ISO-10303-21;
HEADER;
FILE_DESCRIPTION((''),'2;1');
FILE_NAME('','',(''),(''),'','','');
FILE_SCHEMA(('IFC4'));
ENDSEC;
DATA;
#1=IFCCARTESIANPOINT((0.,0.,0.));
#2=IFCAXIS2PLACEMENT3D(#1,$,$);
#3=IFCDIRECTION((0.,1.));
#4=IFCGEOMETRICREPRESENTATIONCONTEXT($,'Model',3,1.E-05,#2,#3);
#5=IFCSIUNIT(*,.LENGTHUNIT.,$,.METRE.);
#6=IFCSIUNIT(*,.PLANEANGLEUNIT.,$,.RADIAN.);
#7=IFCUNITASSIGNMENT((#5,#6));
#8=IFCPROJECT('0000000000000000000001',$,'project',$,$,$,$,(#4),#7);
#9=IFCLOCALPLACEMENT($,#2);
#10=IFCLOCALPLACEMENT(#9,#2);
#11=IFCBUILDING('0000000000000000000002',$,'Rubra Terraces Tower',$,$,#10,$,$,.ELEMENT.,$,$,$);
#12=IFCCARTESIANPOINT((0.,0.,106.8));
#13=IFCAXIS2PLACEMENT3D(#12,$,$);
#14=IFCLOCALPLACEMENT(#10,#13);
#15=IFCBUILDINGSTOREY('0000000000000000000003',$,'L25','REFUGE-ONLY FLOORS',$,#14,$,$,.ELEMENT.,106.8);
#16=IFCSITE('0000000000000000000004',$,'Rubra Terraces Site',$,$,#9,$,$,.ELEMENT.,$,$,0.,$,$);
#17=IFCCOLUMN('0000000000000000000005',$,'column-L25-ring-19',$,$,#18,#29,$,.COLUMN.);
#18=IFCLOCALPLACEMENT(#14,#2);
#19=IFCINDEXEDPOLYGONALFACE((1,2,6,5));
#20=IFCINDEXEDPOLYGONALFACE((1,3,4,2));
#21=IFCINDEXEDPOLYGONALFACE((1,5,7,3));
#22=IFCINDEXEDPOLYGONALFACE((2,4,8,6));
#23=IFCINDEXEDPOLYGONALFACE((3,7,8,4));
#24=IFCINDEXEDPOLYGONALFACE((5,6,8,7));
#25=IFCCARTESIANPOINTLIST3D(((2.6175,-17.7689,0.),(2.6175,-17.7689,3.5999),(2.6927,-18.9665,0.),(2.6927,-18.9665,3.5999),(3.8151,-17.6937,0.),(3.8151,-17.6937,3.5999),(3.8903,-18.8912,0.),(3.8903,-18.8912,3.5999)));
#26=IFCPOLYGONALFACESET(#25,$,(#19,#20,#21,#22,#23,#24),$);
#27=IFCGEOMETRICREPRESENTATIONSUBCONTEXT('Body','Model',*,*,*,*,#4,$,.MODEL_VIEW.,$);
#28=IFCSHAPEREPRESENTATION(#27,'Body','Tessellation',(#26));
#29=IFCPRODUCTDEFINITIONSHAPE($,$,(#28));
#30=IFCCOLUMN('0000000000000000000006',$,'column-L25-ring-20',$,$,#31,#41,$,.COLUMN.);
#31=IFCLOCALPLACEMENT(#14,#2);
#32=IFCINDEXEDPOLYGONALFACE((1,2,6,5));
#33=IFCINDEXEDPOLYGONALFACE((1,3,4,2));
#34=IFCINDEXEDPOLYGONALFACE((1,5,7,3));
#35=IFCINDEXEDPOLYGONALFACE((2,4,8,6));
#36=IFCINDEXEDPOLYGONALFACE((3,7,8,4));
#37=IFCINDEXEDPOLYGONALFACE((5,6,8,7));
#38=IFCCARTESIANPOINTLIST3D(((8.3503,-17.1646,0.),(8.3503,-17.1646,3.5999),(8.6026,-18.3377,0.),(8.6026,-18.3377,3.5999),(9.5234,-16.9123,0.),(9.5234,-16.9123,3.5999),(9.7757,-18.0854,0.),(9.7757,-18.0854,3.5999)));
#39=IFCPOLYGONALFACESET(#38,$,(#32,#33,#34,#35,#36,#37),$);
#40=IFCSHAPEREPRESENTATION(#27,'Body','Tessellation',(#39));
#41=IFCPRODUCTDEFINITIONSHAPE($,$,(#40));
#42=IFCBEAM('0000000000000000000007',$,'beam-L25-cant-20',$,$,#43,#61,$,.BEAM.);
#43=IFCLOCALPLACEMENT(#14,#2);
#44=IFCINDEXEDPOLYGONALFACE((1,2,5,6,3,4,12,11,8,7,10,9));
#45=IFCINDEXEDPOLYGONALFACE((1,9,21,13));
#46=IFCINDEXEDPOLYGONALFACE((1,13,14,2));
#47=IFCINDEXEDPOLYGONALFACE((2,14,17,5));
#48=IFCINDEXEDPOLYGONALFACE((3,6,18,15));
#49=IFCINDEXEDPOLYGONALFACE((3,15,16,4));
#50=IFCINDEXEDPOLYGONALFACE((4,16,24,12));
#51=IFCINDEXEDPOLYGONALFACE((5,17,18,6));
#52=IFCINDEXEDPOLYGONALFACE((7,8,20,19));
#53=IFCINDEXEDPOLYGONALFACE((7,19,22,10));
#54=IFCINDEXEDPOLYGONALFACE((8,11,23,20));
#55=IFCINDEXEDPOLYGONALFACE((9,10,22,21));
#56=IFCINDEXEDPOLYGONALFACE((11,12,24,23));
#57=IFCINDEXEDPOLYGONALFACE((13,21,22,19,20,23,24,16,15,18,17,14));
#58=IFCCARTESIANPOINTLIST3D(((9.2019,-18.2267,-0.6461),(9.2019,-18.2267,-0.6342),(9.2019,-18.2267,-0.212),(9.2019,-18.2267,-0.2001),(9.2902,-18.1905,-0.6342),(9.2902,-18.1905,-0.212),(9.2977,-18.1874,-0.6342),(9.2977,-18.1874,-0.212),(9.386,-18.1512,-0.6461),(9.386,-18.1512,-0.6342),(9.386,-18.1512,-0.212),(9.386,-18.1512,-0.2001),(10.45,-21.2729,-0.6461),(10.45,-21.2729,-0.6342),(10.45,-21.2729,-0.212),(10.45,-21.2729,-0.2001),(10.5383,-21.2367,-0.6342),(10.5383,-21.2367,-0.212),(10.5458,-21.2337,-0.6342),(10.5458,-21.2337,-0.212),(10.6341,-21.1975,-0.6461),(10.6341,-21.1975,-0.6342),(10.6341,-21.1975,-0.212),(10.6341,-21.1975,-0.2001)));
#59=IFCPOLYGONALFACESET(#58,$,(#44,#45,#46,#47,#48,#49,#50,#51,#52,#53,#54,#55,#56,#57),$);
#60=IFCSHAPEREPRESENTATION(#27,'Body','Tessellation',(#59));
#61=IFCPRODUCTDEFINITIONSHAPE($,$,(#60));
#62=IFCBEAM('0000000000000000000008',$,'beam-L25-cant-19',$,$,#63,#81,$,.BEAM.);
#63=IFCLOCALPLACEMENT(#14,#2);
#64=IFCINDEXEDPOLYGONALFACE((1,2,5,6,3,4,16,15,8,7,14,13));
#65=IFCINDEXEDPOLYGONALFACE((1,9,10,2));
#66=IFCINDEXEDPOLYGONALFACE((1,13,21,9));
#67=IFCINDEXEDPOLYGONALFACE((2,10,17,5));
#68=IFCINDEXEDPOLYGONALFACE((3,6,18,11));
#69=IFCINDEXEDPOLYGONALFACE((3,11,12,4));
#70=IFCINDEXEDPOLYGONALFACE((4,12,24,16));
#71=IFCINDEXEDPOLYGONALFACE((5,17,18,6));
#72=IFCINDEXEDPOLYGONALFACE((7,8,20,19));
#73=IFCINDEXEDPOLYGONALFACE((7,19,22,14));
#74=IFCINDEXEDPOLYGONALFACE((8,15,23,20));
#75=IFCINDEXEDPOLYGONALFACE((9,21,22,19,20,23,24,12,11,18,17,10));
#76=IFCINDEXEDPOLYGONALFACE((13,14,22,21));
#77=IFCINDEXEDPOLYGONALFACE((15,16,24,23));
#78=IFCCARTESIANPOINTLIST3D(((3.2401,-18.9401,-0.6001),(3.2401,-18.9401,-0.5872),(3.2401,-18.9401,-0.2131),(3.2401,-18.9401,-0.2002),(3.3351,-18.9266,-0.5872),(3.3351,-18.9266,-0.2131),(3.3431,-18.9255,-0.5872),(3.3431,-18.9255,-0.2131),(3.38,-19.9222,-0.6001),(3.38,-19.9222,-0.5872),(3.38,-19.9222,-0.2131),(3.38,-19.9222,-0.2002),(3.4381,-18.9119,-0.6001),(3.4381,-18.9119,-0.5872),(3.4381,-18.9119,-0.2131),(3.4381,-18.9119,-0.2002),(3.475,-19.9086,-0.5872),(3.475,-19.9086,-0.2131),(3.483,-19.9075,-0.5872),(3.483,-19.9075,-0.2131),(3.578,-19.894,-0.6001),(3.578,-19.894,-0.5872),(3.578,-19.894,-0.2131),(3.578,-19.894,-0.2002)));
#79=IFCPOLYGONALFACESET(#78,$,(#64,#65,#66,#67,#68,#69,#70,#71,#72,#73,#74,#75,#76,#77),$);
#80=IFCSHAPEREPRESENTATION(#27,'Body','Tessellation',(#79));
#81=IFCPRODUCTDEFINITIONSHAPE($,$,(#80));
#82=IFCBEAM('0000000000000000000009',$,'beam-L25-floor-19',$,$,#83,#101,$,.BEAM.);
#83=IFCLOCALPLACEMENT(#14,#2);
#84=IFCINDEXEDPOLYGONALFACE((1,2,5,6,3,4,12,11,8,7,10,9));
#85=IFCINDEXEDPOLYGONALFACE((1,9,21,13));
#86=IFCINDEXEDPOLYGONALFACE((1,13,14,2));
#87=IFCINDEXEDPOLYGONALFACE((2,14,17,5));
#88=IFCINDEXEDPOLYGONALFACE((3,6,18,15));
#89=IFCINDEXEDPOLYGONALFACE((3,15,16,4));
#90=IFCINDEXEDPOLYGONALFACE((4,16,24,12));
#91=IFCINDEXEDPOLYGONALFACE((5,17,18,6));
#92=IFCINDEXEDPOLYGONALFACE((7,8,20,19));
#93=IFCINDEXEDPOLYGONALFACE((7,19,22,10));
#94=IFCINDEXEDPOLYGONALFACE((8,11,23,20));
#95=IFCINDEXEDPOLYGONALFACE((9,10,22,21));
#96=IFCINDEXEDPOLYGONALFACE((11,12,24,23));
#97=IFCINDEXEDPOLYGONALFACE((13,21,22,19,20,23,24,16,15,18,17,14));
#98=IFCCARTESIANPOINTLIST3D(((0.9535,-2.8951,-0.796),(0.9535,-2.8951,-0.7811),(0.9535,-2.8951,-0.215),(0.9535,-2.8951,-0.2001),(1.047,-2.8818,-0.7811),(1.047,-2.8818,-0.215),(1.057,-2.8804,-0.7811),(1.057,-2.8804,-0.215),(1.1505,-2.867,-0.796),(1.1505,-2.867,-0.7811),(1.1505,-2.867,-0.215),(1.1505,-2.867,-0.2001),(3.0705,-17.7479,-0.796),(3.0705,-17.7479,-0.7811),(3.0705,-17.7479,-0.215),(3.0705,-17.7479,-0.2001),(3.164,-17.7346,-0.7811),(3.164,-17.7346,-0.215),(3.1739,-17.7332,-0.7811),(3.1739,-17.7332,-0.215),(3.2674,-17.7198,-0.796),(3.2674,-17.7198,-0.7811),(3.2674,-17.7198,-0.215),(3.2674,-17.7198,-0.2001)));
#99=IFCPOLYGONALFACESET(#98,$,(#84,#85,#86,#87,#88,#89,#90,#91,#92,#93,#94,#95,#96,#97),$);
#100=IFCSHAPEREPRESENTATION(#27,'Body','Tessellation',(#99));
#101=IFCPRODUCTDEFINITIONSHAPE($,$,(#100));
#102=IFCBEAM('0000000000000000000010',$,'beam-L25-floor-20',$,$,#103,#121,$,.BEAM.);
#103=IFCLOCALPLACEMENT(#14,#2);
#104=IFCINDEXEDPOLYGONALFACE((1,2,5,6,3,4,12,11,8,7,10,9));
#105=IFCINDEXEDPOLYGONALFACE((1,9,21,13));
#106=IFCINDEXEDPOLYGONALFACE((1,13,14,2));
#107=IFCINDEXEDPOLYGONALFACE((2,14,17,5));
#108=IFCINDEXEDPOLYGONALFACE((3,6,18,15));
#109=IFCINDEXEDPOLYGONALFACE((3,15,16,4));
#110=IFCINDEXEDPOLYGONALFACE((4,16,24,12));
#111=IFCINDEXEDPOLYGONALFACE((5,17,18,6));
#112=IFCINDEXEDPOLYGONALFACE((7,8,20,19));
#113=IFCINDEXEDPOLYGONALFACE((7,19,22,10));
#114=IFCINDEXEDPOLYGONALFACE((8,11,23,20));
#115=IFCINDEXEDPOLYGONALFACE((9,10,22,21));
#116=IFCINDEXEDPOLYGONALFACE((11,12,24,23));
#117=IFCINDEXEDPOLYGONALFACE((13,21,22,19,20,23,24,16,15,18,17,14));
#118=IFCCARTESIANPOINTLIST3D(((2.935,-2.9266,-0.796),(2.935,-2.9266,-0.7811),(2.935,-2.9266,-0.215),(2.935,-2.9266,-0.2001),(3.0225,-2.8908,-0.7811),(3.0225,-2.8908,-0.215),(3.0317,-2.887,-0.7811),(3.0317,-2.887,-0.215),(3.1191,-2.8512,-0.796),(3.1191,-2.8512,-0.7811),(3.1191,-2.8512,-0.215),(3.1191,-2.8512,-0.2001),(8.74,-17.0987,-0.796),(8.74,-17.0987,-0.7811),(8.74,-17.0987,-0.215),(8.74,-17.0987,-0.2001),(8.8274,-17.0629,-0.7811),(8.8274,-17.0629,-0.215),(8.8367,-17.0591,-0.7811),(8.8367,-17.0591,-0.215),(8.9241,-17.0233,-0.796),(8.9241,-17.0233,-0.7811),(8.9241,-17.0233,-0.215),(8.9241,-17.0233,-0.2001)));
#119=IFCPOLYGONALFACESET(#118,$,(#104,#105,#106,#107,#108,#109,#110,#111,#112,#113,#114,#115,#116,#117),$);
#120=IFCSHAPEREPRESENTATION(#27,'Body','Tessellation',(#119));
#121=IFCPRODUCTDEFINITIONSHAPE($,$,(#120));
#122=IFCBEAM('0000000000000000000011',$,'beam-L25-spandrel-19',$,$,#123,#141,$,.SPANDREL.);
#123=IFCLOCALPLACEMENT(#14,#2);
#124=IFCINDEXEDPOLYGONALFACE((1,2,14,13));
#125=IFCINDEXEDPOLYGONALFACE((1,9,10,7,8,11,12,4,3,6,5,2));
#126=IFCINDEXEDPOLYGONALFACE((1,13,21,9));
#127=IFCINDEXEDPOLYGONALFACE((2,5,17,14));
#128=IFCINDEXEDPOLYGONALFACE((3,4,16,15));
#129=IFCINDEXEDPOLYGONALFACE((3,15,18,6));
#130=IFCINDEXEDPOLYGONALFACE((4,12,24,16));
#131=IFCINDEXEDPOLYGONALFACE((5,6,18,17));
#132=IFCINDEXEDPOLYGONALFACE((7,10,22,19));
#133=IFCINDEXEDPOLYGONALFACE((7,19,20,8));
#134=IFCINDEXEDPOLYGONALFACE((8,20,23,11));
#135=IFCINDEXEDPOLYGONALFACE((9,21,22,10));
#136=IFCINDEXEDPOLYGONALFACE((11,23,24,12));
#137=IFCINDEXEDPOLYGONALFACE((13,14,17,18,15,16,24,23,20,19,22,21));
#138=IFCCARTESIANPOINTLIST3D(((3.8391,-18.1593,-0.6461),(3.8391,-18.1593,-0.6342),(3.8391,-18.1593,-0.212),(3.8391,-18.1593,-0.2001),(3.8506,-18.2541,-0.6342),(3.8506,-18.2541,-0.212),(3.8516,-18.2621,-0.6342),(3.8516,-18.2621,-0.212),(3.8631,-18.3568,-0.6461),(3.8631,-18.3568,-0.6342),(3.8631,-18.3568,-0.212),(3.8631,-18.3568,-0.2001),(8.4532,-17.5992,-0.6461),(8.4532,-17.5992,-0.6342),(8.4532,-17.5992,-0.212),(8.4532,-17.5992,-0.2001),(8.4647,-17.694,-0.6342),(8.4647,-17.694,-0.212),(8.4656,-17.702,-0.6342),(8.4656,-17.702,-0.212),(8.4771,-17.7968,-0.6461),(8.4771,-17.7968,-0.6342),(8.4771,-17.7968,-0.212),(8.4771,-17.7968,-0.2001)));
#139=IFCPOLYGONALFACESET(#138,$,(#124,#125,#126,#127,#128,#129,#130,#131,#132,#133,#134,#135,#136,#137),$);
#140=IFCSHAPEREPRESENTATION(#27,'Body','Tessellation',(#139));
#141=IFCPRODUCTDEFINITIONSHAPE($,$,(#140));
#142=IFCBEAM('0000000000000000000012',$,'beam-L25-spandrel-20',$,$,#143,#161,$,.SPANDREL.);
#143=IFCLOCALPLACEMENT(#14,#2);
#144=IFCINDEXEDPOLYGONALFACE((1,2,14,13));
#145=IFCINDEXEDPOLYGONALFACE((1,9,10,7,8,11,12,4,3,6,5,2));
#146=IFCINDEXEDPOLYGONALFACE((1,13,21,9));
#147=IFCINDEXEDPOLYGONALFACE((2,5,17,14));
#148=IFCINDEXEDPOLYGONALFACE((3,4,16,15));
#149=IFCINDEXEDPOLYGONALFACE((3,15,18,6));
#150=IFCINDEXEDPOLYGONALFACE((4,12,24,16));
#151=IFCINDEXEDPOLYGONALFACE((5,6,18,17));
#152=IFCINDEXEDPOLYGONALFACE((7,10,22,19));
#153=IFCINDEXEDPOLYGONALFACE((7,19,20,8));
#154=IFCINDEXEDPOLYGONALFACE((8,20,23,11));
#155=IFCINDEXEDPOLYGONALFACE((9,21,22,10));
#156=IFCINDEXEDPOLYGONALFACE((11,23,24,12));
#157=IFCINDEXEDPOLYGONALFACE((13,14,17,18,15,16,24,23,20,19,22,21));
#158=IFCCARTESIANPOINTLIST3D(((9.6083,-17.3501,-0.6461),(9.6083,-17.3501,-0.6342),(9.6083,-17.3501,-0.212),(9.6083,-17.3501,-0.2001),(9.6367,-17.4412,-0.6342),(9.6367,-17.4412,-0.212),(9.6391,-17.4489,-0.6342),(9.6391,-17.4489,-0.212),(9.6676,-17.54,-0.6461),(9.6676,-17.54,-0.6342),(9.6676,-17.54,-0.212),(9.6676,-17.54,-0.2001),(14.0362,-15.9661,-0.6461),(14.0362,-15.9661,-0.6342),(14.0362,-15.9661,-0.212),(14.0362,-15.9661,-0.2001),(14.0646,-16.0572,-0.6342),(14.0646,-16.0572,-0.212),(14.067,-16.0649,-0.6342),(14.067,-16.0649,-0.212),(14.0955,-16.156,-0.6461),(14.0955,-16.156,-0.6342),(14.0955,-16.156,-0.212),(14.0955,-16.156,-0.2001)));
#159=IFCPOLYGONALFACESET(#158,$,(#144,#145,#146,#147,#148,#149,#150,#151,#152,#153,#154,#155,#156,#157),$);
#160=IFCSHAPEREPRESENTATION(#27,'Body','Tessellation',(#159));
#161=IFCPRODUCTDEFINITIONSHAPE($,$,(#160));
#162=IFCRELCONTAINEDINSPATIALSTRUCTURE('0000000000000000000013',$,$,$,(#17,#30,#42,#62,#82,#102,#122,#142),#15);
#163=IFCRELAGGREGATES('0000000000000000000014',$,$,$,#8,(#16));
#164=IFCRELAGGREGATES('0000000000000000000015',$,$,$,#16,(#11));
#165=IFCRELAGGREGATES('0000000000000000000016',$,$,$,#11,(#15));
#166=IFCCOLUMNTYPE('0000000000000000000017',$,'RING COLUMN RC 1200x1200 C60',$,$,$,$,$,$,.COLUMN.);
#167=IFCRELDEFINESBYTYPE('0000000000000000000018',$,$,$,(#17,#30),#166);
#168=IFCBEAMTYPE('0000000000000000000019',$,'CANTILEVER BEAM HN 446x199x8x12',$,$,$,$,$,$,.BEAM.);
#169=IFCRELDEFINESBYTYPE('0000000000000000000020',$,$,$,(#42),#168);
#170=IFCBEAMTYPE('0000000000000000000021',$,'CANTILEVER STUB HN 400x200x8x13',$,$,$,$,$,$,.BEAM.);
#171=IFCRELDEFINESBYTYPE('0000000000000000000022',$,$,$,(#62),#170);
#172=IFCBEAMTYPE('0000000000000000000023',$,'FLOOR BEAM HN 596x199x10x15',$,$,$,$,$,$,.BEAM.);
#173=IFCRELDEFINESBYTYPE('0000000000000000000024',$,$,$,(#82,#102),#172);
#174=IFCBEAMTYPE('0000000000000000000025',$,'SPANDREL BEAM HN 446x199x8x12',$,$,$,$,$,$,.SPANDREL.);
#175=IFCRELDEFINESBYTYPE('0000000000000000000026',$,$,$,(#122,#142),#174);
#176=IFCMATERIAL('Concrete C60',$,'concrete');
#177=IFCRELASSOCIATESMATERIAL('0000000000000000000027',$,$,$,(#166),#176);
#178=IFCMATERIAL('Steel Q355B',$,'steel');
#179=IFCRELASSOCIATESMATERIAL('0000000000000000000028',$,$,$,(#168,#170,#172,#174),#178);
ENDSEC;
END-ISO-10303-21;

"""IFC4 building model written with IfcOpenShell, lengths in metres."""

from ifc_helpers import new_model, si_unit, direction, frame, origin, origin_2d, place, context, subcontext, project, spatial, rectangle, i_section, extrude, material, material_profile, profile_set, type_object, element, save


model = new_model("IFC4")

# Units and contexts
model_context = context("Model", 3, precision=1e-05, world=origin(), true_north=direction((0.0, 1.0)))
body_context = subcontext(model_context, "Body", "Model", "MODEL_VIEW")
ifc_project = project(units=[si_unit("LENGTHUNIT", "METRE"), si_unit("PLANEANGLEUNIT", "RADIAN")], contexts=[model_context])

# Site, building, storey
site_placement = place(None, origin())
site = spatial("IfcSite", under=ifc_project, at=site_placement, Name="Rubra Terraces Site", CompositionType="ELEMENT", RefElevation=0.0)
building_placement = place(site_placement, origin())
building = spatial("IfcBuilding", under=site, at=building_placement, Name="Rubra Terraces Tower", CompositionType="ELEMENT")
storey_placement = place(building_placement, frame((0.0, 0.0, 106.8)))
storey = spatial("IfcBuildingStorey", under=building, at=storey_placement, Name="L25", Description="REFUGE-ONLY FLOORS", CompositionType="ELEMENT", Elevation=106.8)

# Columns
ifc_material_1 = material(Name="Concrete C60", Category="concrete")
ifc_material_profile_1 = material_profile(ifc_material_1, rectangle(XDim=1.2, YDim=1.2, at=origin_2d()), Name="RC 1200x1200")
ifc_profile_set_1 = profile_set([ifc_material_profile_1], Name="Concrete C60")
column_type = type_object("IfcColumnType", Name="RING COLUMN RC 1200x1200 C60", PredefinedType="COLUMN", material=ifc_profile_set_1)
for number, where, z_axis, x_axis, name in (
    (1, (3.2539, -18.3301, 0.0), (0.0, 0.0, 1.0), (0.998032, 0.062714, 0.0), "column-L25-ring-19"),
    (2, (9.063, -17.625, 0.0), (0.0, 0.0, 1.0), (0.977653, 0.210227, 0.0), "column-L25-ring-20"),
):
    element("IfcColumn", number, at=place(storey_placement, frame(where, z_axis=z_axis, x_axis=x_axis)), inside=storey, type_object=column_type, Name=name, PredefinedType="COLUMN", context=body_context, shape_type="SweptSolid", body=[
        extrude(rectangle(XDim=1.2, YDim=1.2, at=origin_2d()), origin(), (0.0, 0.0, 1.0), 3.5999),
    ])

# Beams
ifc_material_2 = material(Name="Steel Q355B", Category="steel")
ifc_material_profile_2 = material_profile(ifc_material_2, i_section(OverallWidth=0.199, OverallDepth=0.446, WebThickness=0.0081, FlangeThickness=0.012, at=origin_2d()), Name="HN 446x199x8x12")
ifc_profile_set_2 = profile_set([ifc_material_profile_2], Name="Steel Q355B")
beam_type_1 = type_object("IfcBeamType", Name="CANTILEVER BEAM HN 446x199x8x12", PredefinedType="BEAM", material=ifc_profile_set_2)
beam_1_placement = place(storey_placement, frame((9.2939, -18.189, -0.4231), z_axis=(0.379127, -0.925345, 0.0), x_axis=(0.925345, 0.379127, 0.0)))
element("IfcBeam", 3, at=beam_1_placement, inside=storey, type_object=beam_type_1, Name="beam-L25-cant-20", PredefinedType="BEAM", context=body_context, shape_type="SweptSolid", body=[
    extrude(i_section(OverallWidth=0.199, OverallDepth=0.446, WebThickness=0.0081, FlangeThickness=0.012, at=origin_2d()), origin(), (0.0, 0.0, 1.0), 3.292),
])
ifc_material_profile_3 = material_profile(ifc_material_2, i_section(OverallWidth=0.2, OverallDepth=0.3999, WebThickness=0.0081, FlangeThickness=0.0129, at=origin_2d()), Name="HN 400x200x8x13")
ifc_profile_set_3 = profile_set([ifc_material_profile_3], Name="Steel Q355B")
beam_type_2 = type_object("IfcBeamType", Name="CANTILEVER STUB HN 400x200x8x13", PredefinedType="BEAM", material=ifc_profile_set_3)
beam_2_placement = place(storey_placement, frame((3.3391, -18.926, -0.4001), z_axis=(0.141042, -0.990004, 0.0), x_axis=(0.990004, 0.141042, 0.0)))
element("IfcBeam", 4, at=beam_2_placement, inside=storey, type_object=beam_type_2, Name="beam-L25-cant-19", PredefinedType="BEAM", context=body_context, shape_type="SweptSolid", body=[
    extrude(i_section(OverallWidth=0.2, OverallDepth=0.3999, WebThickness=0.0081, FlangeThickness=0.0129, at=origin_2d()), origin(), (0.0, 0.0, 1.0), 0.9919),
])
ifc_material_profile_4 = material_profile(ifc_material_2, i_section(OverallWidth=0.199, OverallDepth=0.5959, WebThickness=0.01, FlangeThickness=0.0149, at=origin_2d()), Name="HN 596x199x10x15")
ifc_profile_set_4 = profile_set([ifc_material_profile_4], Name="Steel Q355B")
beam_type_3 = type_object("IfcBeamType", Name="FLOOR BEAM HN 596x199x10x15", PredefinedType="BEAM", material=ifc_profile_set_4)
beam_3_placement = place(storey_placement, frame((3.1689, -17.7339, -0.498), z_axis=(-0.141102, 0.989995, 0.0), x_axis=(-0.989995, -0.141102, 0.0)))
element("IfcBeam", 5, at=beam_3_placement, inside=storey, type_object=beam_type_3, Name="beam-L25-floor-19", PredefinedType="BEAM", context=body_context, shape_type="SweptSolid", body=[
    extrude(i_section(OverallWidth=0.199, OverallDepth=0.5959, WebThickness=0.01, FlangeThickness=0.0149, at=origin_2d()), origin(), (0.0, 0.0, 1.0), 15.0029),
])
beam_4_placement = place(storey_placement, frame((8.832, -17.061, -0.498), z_axis=(-0.379038, 0.925381, 0.0), x_axis=(-0.925381, -0.379038, 0.0)))
element("IfcBeam", 6, at=beam_4_placement, inside=storey, type_object=beam_type_3, Name="beam-L25-floor-20", PredefinedType="BEAM", context=body_context, shape_type="SweptSolid", body=[
    extrude(i_section(OverallWidth=0.199, OverallDepth=0.5959, WebThickness=0.01, FlangeThickness=0.0149, at=origin_2d()), origin(), (0.0, 0.0, 1.0), 15.3149),
])
ifc_material_profile_5 = material_profile(ifc_material_2, i_section(OverallWidth=0.199, OverallDepth=0.446, WebThickness=0.0081, FlangeThickness=0.012, at=origin_2d()), Name="HN 446x199x8x12")
ifc_profile_set_5 = profile_set([ifc_material_profile_5], Name="Steel Q355B")
beam_type_4 = type_object("IfcBeamType", Name="SPANDREL BEAM HN 446x199x8x12", PredefinedType="SPANDREL", material=ifc_profile_set_5)
beam_5_placement = place(storey_placement, frame((3.8511, -18.2581, -0.4231), z_axis=(0.992714, 0.120498, 0.0), x_axis=(-0.120498, 0.992714, 0.0)))
element("IfcBeam", 7, at=beam_5_placement, inside=storey, type_object=beam_type_4, Name="beam-L25-spandrel-19", PredefinedType="SPANDREL", context=body_context, shape_type="SweptSolid", body=[
    extrude(i_section(OverallWidth=0.199, OverallDepth=0.446, WebThickness=0.0081, FlangeThickness=0.012, at=origin_2d()), origin(), (0.0, 0.0, 1.0), 4.6479),
])
beam_6_placement = place(storey_placement, frame((9.6379, -17.4451, -0.4231), z_axis=(0.954462, 0.298332, 0.0), x_axis=(-0.298332, 0.954462, 0.0)))
element("IfcBeam", 8, at=beam_6_placement, inside=storey, type_object=beam_type_4, Name="beam-L25-spandrel-20", PredefinedType="SPANDREL", context=body_context, shape_type="SweptSolid", body=[
    extrude(i_section(OverallWidth=0.199, OverallDepth=0.446, WebThickness=0.0081, FlangeThickness=0.012, at=origin_2d()), origin(), (0.0, 0.0, 1.0), 4.6392),
])

save(model, "model.ifc")
